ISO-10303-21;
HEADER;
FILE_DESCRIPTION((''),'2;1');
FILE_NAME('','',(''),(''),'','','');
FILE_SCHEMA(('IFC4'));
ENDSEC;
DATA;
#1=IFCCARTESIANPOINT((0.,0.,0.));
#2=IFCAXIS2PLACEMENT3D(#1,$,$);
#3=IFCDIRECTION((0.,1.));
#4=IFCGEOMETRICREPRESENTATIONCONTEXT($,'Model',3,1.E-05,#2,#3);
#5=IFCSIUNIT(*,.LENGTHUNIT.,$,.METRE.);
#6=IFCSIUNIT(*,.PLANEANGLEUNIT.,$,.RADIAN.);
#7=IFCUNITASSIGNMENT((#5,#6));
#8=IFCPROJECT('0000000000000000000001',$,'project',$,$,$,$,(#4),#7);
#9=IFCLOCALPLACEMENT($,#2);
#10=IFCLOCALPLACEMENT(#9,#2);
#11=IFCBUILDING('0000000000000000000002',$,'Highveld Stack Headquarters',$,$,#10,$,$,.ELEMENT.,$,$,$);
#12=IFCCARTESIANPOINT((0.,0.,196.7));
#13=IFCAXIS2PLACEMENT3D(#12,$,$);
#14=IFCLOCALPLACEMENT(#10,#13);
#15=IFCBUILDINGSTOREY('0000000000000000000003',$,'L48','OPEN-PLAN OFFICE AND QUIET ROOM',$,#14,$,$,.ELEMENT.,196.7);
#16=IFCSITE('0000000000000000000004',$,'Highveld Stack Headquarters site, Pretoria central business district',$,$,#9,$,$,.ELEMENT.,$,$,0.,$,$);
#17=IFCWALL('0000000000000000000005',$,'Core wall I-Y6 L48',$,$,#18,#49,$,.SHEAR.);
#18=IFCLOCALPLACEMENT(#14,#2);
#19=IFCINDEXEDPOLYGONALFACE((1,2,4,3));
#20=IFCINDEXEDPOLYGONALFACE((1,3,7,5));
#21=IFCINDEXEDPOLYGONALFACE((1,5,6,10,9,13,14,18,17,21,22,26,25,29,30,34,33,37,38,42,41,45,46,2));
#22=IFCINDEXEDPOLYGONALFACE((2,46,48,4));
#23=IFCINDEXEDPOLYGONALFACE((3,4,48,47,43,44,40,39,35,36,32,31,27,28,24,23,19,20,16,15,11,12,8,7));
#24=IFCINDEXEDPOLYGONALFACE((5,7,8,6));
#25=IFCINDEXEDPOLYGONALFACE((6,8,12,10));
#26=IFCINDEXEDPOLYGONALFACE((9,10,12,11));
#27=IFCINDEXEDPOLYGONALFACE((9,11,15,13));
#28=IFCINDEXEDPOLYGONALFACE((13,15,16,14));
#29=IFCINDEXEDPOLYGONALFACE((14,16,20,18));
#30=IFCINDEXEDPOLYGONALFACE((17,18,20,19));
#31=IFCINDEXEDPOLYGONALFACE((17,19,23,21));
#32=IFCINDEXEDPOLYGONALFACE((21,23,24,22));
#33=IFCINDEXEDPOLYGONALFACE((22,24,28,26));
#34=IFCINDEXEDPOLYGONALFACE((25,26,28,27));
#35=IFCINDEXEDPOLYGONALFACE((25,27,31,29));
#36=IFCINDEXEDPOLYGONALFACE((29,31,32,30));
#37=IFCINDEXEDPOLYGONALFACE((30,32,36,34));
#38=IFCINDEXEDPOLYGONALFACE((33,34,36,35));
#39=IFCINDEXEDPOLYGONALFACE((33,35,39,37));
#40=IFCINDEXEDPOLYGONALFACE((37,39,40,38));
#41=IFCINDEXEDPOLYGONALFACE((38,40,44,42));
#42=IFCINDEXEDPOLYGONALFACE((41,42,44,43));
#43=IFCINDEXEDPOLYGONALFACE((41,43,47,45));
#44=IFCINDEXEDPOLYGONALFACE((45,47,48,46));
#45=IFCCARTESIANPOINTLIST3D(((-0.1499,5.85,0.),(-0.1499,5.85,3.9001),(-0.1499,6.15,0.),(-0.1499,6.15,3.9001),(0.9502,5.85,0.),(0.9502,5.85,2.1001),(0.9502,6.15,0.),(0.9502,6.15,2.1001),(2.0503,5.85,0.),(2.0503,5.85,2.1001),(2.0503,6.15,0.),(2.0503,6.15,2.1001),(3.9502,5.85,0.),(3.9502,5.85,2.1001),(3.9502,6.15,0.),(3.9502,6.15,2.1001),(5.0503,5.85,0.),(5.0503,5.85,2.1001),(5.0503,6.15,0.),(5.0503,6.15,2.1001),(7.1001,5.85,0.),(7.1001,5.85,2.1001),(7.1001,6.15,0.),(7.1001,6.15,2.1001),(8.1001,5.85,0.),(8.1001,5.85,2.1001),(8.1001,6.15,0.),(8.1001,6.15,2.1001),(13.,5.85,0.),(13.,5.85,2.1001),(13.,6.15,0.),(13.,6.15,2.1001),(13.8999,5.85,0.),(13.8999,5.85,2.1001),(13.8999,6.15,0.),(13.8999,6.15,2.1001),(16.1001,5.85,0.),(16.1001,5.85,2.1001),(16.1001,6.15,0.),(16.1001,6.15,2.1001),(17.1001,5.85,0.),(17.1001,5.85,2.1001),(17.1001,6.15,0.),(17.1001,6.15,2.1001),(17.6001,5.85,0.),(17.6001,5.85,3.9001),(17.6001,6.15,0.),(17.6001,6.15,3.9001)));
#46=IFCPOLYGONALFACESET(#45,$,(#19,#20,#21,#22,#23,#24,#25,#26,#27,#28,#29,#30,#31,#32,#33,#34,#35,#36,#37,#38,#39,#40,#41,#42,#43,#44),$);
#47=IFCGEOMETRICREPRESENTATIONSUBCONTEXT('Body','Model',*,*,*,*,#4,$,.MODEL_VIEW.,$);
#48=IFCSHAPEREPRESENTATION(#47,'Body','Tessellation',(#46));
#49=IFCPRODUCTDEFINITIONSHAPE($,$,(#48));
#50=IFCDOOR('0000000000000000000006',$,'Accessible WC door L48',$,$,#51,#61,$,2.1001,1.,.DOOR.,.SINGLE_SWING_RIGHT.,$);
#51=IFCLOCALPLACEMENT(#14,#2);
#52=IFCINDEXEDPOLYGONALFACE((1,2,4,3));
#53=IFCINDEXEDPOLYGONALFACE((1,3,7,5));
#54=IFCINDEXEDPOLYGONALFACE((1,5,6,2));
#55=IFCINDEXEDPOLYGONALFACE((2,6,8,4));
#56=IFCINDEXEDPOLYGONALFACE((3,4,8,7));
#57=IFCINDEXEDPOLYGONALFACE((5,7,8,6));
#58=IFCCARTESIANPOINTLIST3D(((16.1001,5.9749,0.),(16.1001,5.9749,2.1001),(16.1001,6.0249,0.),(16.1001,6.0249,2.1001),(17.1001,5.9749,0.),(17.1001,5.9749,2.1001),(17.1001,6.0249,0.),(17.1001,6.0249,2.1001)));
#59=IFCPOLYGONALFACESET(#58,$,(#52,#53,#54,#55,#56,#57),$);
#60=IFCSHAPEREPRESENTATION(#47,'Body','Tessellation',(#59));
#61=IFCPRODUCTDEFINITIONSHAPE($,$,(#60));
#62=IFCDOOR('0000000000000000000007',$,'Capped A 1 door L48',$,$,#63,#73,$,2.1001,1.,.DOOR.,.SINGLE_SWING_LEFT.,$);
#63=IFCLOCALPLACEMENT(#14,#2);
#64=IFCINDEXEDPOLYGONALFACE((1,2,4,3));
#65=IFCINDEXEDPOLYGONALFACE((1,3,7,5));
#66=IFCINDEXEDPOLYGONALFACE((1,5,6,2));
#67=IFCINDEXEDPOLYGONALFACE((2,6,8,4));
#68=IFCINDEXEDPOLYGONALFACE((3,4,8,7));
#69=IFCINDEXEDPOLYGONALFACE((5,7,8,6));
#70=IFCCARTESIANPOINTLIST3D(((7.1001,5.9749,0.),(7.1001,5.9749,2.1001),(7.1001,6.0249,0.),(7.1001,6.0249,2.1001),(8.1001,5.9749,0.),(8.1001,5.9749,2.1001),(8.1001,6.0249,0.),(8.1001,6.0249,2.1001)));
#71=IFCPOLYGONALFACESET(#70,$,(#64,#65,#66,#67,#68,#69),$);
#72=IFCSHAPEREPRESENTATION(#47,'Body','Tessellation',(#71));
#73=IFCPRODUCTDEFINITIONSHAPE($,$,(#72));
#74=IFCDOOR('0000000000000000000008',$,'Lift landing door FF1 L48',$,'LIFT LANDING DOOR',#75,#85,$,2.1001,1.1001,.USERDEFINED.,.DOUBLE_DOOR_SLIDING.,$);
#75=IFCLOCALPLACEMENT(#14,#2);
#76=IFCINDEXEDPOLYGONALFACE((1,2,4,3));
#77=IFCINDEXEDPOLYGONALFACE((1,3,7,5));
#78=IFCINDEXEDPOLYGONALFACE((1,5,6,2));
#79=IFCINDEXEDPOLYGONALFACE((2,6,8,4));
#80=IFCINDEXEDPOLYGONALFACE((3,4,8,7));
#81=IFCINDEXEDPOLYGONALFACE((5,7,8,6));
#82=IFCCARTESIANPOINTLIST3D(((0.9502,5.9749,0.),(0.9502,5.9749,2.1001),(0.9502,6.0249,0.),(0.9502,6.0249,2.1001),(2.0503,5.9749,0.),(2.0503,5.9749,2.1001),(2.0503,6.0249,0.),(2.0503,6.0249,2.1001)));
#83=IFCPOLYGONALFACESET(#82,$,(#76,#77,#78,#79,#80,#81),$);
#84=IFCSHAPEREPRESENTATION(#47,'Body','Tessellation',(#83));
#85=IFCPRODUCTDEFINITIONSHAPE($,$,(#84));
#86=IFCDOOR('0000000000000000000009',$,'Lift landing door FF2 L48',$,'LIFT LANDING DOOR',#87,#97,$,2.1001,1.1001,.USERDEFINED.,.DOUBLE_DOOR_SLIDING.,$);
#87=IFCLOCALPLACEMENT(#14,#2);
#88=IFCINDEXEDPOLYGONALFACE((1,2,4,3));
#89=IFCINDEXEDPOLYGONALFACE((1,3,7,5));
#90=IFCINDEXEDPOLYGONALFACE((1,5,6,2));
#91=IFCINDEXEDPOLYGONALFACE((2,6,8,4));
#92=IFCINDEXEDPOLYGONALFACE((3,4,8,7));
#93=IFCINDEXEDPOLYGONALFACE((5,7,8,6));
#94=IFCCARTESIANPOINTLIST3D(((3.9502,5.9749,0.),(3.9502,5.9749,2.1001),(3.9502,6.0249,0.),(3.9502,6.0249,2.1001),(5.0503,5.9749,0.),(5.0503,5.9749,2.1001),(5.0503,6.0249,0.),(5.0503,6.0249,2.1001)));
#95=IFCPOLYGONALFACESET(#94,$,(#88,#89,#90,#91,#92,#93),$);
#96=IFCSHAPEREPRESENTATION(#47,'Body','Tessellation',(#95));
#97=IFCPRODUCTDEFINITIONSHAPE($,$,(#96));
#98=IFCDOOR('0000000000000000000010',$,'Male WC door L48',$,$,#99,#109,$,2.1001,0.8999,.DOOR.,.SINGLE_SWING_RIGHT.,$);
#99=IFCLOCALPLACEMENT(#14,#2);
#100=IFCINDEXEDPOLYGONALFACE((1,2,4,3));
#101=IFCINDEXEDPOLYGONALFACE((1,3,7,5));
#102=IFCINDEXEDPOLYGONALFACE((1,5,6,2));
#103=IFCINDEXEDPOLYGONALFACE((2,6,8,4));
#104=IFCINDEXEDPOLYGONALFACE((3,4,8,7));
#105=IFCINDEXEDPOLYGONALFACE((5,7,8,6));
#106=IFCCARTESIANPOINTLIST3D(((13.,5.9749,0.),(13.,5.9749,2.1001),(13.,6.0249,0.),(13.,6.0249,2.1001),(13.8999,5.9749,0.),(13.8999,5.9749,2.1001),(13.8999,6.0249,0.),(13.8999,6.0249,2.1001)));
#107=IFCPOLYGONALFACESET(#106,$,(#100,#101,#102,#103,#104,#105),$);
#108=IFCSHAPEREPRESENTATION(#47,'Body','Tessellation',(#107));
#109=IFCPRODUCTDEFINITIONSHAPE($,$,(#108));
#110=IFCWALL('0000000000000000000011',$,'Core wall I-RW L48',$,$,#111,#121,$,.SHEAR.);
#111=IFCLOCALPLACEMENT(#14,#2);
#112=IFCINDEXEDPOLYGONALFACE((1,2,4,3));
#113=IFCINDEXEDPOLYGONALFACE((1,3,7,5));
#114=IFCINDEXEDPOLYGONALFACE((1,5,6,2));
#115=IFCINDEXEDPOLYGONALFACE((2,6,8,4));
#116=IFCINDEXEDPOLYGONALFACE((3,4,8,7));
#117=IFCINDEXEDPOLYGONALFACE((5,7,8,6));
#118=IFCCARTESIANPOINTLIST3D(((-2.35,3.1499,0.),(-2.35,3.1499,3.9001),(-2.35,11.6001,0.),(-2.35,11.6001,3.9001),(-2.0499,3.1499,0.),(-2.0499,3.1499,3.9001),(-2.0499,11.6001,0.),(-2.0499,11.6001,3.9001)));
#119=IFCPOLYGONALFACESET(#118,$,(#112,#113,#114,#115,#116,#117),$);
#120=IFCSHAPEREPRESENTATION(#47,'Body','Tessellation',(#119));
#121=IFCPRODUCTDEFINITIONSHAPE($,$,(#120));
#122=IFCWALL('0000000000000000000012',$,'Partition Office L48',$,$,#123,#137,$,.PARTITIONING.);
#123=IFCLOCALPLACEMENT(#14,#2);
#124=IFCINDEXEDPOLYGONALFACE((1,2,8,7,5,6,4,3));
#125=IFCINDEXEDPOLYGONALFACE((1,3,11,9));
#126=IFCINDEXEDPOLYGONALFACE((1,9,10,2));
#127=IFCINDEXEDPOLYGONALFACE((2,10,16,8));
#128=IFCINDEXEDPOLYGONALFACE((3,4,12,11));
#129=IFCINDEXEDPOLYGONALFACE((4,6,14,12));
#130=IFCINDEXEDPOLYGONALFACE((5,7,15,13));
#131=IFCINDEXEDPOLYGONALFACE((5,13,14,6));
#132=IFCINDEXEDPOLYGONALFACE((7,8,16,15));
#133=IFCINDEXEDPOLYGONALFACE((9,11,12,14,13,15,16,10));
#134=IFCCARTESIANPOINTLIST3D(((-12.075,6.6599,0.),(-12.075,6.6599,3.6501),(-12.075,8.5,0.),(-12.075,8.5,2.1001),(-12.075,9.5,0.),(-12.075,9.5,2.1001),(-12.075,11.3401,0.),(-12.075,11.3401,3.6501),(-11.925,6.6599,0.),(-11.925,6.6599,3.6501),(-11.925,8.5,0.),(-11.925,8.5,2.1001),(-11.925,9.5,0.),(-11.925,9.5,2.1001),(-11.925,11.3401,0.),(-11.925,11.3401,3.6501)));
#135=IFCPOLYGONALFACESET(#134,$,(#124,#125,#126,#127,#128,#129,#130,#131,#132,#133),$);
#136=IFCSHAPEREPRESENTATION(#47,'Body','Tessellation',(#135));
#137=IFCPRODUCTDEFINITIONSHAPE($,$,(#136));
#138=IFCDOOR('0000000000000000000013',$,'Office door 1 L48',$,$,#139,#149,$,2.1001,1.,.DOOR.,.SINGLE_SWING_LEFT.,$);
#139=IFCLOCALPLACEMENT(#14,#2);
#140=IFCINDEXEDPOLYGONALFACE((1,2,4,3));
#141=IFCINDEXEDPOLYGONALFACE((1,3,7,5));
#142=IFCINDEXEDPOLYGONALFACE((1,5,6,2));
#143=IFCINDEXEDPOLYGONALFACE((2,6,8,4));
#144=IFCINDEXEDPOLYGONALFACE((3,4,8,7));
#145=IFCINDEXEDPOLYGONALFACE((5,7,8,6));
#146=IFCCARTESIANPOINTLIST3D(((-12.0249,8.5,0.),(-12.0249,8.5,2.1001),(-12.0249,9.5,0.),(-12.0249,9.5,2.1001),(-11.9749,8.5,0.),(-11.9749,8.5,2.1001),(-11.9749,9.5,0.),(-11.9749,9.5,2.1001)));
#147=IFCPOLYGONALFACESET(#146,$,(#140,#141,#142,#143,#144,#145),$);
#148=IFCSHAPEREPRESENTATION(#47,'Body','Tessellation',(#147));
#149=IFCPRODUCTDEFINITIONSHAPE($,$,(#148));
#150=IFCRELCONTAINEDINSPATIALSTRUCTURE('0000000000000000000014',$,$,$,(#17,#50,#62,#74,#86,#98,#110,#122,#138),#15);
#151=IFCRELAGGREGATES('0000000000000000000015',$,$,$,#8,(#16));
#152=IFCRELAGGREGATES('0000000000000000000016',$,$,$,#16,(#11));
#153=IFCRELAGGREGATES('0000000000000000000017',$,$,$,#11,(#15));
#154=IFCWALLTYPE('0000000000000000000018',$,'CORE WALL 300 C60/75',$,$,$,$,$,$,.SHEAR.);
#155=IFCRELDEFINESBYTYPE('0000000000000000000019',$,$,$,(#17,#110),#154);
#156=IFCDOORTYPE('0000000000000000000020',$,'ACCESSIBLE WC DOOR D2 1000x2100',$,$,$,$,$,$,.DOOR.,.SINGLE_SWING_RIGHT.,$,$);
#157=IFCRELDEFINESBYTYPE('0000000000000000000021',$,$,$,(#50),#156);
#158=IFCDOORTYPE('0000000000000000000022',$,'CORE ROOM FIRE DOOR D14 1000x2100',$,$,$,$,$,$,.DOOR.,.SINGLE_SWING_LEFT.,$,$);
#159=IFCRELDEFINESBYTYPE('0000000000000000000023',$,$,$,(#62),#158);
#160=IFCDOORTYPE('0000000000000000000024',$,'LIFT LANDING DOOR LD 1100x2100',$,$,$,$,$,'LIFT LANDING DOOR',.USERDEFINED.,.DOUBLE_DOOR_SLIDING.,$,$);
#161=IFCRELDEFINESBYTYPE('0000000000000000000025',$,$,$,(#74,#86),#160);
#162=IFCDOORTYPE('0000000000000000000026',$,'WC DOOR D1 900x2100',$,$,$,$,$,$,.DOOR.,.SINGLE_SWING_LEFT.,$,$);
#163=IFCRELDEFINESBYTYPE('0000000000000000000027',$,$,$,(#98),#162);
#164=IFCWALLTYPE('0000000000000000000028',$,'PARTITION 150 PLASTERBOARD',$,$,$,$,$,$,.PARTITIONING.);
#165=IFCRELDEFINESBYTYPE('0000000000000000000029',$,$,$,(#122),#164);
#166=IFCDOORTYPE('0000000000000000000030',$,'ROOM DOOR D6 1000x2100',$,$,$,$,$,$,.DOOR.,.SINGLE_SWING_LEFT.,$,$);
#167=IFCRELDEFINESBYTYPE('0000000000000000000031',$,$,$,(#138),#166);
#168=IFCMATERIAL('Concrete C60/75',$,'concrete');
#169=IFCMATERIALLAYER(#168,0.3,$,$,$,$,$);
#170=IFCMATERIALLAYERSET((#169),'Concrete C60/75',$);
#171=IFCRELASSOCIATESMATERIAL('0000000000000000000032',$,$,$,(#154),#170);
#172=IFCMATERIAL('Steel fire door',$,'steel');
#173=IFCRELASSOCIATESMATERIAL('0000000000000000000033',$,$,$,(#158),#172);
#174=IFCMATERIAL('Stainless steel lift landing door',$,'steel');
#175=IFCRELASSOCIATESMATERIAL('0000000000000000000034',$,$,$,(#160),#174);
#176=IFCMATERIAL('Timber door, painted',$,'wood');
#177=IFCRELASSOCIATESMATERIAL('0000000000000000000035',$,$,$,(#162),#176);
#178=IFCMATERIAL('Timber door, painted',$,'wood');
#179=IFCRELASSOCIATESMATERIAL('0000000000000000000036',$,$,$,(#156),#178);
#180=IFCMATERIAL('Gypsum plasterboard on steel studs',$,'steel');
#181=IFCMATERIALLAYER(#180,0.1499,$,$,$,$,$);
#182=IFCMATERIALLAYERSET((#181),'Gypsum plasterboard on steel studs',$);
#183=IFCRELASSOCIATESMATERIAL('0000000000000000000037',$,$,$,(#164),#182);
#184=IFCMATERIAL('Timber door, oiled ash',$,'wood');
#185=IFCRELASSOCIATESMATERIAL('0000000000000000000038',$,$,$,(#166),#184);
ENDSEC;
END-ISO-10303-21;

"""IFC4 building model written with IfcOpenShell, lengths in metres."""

from ifc_helpers import new_model, si_unit, direction, frame, frame_2d, origin, place, context, subcontext, project, spatial, rectangle, extrude, material, layer, layer_set, type_object, element, fill, save


model = new_model("IFC4")

# Units and contexts
model_context = context("Model", 3, precision=1e-05, world=origin(), true_north=direction((0.0, 1.0)))
body_context = subcontext(model_context, "Body", "Model", "MODEL_VIEW")
ifc_project = project(units=[si_unit("LENGTHUNIT", "METRE"), si_unit("PLANEANGLEUNIT", "RADIAN")], contexts=[model_context])

# Site, building, storey
site_placement = place(None, origin())
site = spatial("IfcSite", under=ifc_project, at=site_placement, Name="Highveld Stack Headquarters site, Pretoria central business district", CompositionType="ELEMENT", RefElevation=0.0)
building_placement = place(site_placement, origin())
building = spatial("IfcBuilding", under=site, at=building_placement, Name="Highveld Stack Headquarters", CompositionType="ELEMENT")
storey_placement = place(building_placement, frame((0.0, 0.0, 196.7)))
storey = spatial("IfcBuildingStorey", under=building, at=storey_placement, Name="L48", Description="OPEN-PLAN OFFICE AND QUIET ROOM", CompositionType="ELEMENT", Elevation=196.7)

# Wall, openings, doors
ifc_material_1 = material(Name="Concrete C60/75", Category="concrete")
ifc_layer_1 = layer(ifc_material_1, 0.3)
ifc_layer_set_1 = layer_set([ifc_layer_1], Name="Concrete C60/75")
wall_type_1 = type_object("IfcWallType", Name="CORE WALL 300 C60/75", PredefinedType="SHEAR", material=ifc_layer_set_1)
ifc_material_2 = material(Name="Steel fire door", Category="steel")
door_type_1 = type_object("IfcDoorType", Name="CORE ROOM FIRE DOOR D14 1000x2100", OperationType="SINGLE_SWING_LEFT", PredefinedType="DOOR", material=ifc_material_2)
ifc_material_3 = material(Name="Stainless steel lift landing door", Category="steel")
door_type_2 = type_object("IfcDoorType", Name="LIFT LANDING DOOR LD 1100x2100", ElementType="LIFT LANDING DOOR", OperationType="DOUBLE_DOOR_SLIDING", PredefinedType="USERDEFINED", material=ifc_material_3)
ifc_material_4 = material(Name="Timber door, painted", Category="wood")
door_type_3 = type_object("IfcDoorType", Name="WC DOOR D1 900x2100", OperationType="SINGLE_SWING_LEFT", PredefinedType="DOOR", material=ifc_material_4)
wall_1_placement = place(storey_placement, frame((-0.1499, 6.0, 0.0), z_axis=(0.0, 0.0, 1.0), x_axis=(1.0, 0.0, 0.0)))
wall_1 = element("IfcWall", 1, at=wall_1_placement, inside=storey, type_object=wall_type_1, Name="Core wall I-Y6 L48", PredefinedType="SHEAR", context=body_context, shape_type="SweptSolid", body=[
    extrude(rectangle(XDim=17.75, YDim=0.3, at=frame_2d((8.875, 0.0))), origin(), (0.0, 0.0, 1.0), 3.9001),
])
opening_1_placement = place(wall_1_placement, frame((13.1499, 0.0, 0.0)))
opening_1 = element("IfcOpeningElement", 2, at=opening_1_placement, cuts=wall_1, PredefinedType="OPENING", context=body_context, shape_type="SweptSolid", body=[
    extrude(rectangle(XDim=0.8999, YDim=2.1001, at=frame_2d((0.45, 1.05))), frame((0.0, 0.1599, 0.0), z_axis=(0.0, -1.0, 0.0), x_axis=(1.0, 0.0, 0.0)), (0.0, 0.0, 1.0), 0.3201),
])
opening_2_placement = place(wall_1_placement, frame((16.25, 0.0, 0.0)))
opening_2 = element("IfcOpeningElement", 3, at=opening_2_placement, cuts=wall_1, PredefinedType="OPENING", context=body_context, shape_type="SweptSolid", body=[
    extrude(rectangle(XDim=1.0, YDim=2.1001, at=frame_2d((0.5, 1.05))), frame((0.0, 0.1599, 0.0), z_axis=(0.0, -1.0, 0.0), x_axis=(1.0, 0.0, 0.0)), (0.0, 0.0, 1.0), 0.3201),
])
opening_3_placement = place(wall_1_placement, frame((7.25, 0.0, 0.0)))
opening_3 = element("IfcOpeningElement", 4, at=opening_3_placement, cuts=wall_1, PredefinedType="OPENING", context=body_context, shape_type="SweptSolid", body=[
    extrude(rectangle(XDim=1.0, YDim=2.1001, at=frame_2d((0.5, 1.05))), frame((0.0, 0.1599, 0.0), z_axis=(0.0, -1.0, 0.0), x_axis=(1.0, 0.0, 0.0)), (0.0, 0.0, 1.0), 0.3201),
])
opening_4_placement = place(wall_1_placement, frame((1.1001, 0.0, 0.0)))
opening_4 = element("IfcOpeningElement", 5, at=opening_4_placement, cuts=wall_1, PredefinedType="OPENING", context=body_context, shape_type="SweptSolid", body=[
    extrude(rectangle(XDim=1.1001, YDim=2.1001, at=frame_2d((0.55, 1.05))), frame((0.0, 0.1599, 0.0), z_axis=(0.0, -1.0, 0.0), x_axis=(1.0, 0.0, 0.0)), (0.0, 0.0, 1.0), 0.3201),
])
opening_5_placement = place(wall_1_placement, frame((4.1001, 0.0, 0.0)))
opening_5 = element("IfcOpeningElement", 6, at=opening_5_placement, cuts=wall_1, PredefinedType="OPENING", context=body_context, shape_type="SweptSolid", body=[
    extrude(rectangle(XDim=1.1001, YDim=2.1001, at=frame_2d((0.55, 1.05))), frame((0.0, 0.1599, 0.0), z_axis=(0.0, -1.0, 0.0), x_axis=(1.0, 0.0, 0.0)), (0.0, 0.0, 1.0), 0.3201),
])
ifc_material_5 = material(Name="Timber door, painted", Category="wood")
door_type_4 = type_object("IfcDoorType", Name="ACCESSIBLE WC DOOR D2 1000x2100", OperationType="SINGLE_SWING_RIGHT", PredefinedType="DOOR", material=ifc_material_5)
door_1_placement = place(opening_2_placement, origin())
door_1 = element("IfcDoor", 7, at=door_1_placement, inside=storey, type_object=door_type_4, Name="Accessible WC door L48", OperationType="SINGLE_SWING_RIGHT", OverallHeight=2.1001, OverallWidth=1.0, PredefinedType="DOOR", context=body_context, shape_type="SweptSolid", body=[
    extrude(rectangle(XDim=1.0, YDim=2.1001, at=frame_2d((0.5, 1.05))), frame((0.0, 0.0249, 0.0), z_axis=(0.0, -1.0, 0.0), x_axis=(1.0, 0.0, 0.0)), (0.0, 0.0, 1.0), 0.05),
])
fill(opening_2, door_1)
door_2_placement = place(opening_3_placement, origin())
door_2 = element("IfcDoor", 8, at=door_2_placement, inside=storey, type_object=door_type_1, Name="Capped A 1 door L48", OperationType="SINGLE_SWING_LEFT", OverallHeight=2.1001, OverallWidth=1.0, PredefinedType="DOOR", context=body_context, shape_type="SweptSolid", body=[
    extrude(rectangle(XDim=1.0, YDim=2.1001, at=frame_2d((0.5, 1.05))), frame((0.0, 0.0249, 0.0), z_axis=(0.0, -1.0, 0.0), x_axis=(1.0, 0.0, 0.0)), (0.0, 0.0, 1.0), 0.05),
])
fill(opening_3, door_2)
door_3_placement = place(opening_4_placement, origin())
door_3 = element("IfcDoor", 9, at=door_3_placement, inside=storey, type_object=door_type_2, Name="Lift landing door FF1 L48", ObjectType="LIFT LANDING DOOR", OperationType="DOUBLE_DOOR_SLIDING", OverallHeight=2.1001, OverallWidth=1.1001, PredefinedType="USERDEFINED", context=body_context, shape_type="SweptSolid", body=[
    extrude(rectangle(XDim=1.1001, YDim=2.1001, at=frame_2d((0.55, 1.05))), frame((0.0, 0.0249, 0.0), z_axis=(0.0, -1.0, 0.0), x_axis=(1.0, 0.0, 0.0)), (0.0, 0.0, 1.0), 0.05),
])
fill(opening_4, door_3)
door_4_placement = place(opening_5_placement, origin())
door_4 = element("IfcDoor", 10, at=door_4_placement, inside=storey, type_object=door_type_2, Name="Lift landing door FF2 L48", ObjectType="LIFT LANDING DOOR", OperationType="DOUBLE_DOOR_SLIDING", OverallHeight=2.1001, OverallWidth=1.1001, PredefinedType="USERDEFINED", context=body_context, shape_type="SweptSolid", body=[
    extrude(rectangle(XDim=1.1001, YDim=2.1001, at=frame_2d((0.55, 1.05))), frame((0.0, 0.0249, 0.0), z_axis=(0.0, -1.0, 0.0), x_axis=(1.0, 0.0, 0.0)), (0.0, 0.0, 1.0), 0.05),
])
fill(opening_5, door_4)
door_5_placement = place(opening_1_placement, origin())
door_5 = element("IfcDoor", 11, at=door_5_placement, inside=storey, type_object=door_type_3, Name="Male WC door L48", OperationType="SINGLE_SWING_RIGHT", OverallHeight=2.1001, OverallWidth=0.8999, PredefinedType="DOOR", context=body_context, shape_type="SweptSolid", body=[
    extrude(rectangle(XDim=0.8999, YDim=2.1001, at=frame_2d((0.45, 1.05))), frame((0.0, 0.0249, 0.0), z_axis=(0.0, -1.0, 0.0), x_axis=(1.0, 0.0, 0.0)), (0.0, 0.0, 1.0), 0.05),
])
fill(opening_1, door_5)

# Wall
wall_2_placement = place(storey_placement, frame((-2.2, 3.1499, 0.0), z_axis=(0.0, 0.0, 1.0), x_axis=(0.0, 1.0, 0.0)))
element("IfcWall", 12, at=wall_2_placement, inside=storey, type_object=wall_type_1, Name="Core wall I-RW L48", PredefinedType="SHEAR", context=body_context, shape_type="SweptSolid", body=[
    extrude(rectangle(XDim=8.4502, YDim=0.3, at=frame_2d((4.2251, 0.0))), origin(), (0.0, 0.0, 1.0), 3.9001),
])

# Wall, opening, door
ifc_material_6 = material(Name="Gypsum plasterboard on steel studs", Category="steel")
ifc_layer_2 = layer(ifc_material_6, 0.1499)
ifc_layer_set_2 = layer_set([ifc_layer_2], Name="Gypsum plasterboard on steel studs")
wall_type_2 = type_object("IfcWallType", Name="PARTITION 150 PLASTERBOARD", PredefinedType="PARTITIONING", material=ifc_layer_set_2)
wall_3_placement = place(storey_placement, frame((-12.0, 6.6599, 0.0), z_axis=(0.0, 0.0, 1.0), x_axis=(0.0, 1.0, 0.0)))
wall_3 = element("IfcWall", 13, at=wall_3_placement, inside=storey, type_object=wall_type_2, Name="Partition Office L48", PredefinedType="PARTITIONING", context=body_context, shape_type="SweptSolid", body=[
    extrude(rectangle(XDim=4.6802, YDim=0.1499, at=frame_2d((2.3401, 0.0))), origin(), (0.0, 0.0, 1.0), 3.6501),
])
opening_6_placement = place(wall_3_placement, frame((1.8401, 0.0, 0.0)))
opening_6 = element("IfcOpeningElement", 14, at=opening_6_placement, cuts=wall_3, PredefinedType="OPENING", context=body_context, shape_type="SweptSolid", body=[
    extrude(rectangle(XDim=1.0, YDim=2.1001, at=frame_2d((0.5, 1.05))), frame((0.0, 0.085, 0.0), z_axis=(0.0, -1.0, 0.0), x_axis=(1.0, 0.0, 0.0)), (0.0, 0.0, 1.0), 0.1699),
])
ifc_material_7 = material(Name="Timber door, oiled ash", Category="wood")
door_type_5 = type_object("IfcDoorType", Name="ROOM DOOR D6 1000x2100", OperationType="SINGLE_SWING_LEFT", PredefinedType="DOOR", material=ifc_material_7)
door_6_placement = place(opening_6_placement, origin())
door_6 = element("IfcDoor", 15, at=door_6_placement, inside=storey, type_object=door_type_5, Name="Office door 1 L48", OperationType="SINGLE_SWING_LEFT", OverallHeight=2.1001, OverallWidth=1.0, PredefinedType="DOOR", context=body_context, shape_type="SweptSolid", body=[
    extrude(rectangle(XDim=1.0, YDim=2.1001, at=frame_2d((0.5, 1.05))), frame((0.0, 0.0249, 0.0), z_axis=(0.0, -1.0, 0.0), x_axis=(1.0, 0.0, 0.0)), (0.0, 0.0, 1.0), 0.05),
])
fill(opening_6, door_6)

save(model, "model.ifc")
